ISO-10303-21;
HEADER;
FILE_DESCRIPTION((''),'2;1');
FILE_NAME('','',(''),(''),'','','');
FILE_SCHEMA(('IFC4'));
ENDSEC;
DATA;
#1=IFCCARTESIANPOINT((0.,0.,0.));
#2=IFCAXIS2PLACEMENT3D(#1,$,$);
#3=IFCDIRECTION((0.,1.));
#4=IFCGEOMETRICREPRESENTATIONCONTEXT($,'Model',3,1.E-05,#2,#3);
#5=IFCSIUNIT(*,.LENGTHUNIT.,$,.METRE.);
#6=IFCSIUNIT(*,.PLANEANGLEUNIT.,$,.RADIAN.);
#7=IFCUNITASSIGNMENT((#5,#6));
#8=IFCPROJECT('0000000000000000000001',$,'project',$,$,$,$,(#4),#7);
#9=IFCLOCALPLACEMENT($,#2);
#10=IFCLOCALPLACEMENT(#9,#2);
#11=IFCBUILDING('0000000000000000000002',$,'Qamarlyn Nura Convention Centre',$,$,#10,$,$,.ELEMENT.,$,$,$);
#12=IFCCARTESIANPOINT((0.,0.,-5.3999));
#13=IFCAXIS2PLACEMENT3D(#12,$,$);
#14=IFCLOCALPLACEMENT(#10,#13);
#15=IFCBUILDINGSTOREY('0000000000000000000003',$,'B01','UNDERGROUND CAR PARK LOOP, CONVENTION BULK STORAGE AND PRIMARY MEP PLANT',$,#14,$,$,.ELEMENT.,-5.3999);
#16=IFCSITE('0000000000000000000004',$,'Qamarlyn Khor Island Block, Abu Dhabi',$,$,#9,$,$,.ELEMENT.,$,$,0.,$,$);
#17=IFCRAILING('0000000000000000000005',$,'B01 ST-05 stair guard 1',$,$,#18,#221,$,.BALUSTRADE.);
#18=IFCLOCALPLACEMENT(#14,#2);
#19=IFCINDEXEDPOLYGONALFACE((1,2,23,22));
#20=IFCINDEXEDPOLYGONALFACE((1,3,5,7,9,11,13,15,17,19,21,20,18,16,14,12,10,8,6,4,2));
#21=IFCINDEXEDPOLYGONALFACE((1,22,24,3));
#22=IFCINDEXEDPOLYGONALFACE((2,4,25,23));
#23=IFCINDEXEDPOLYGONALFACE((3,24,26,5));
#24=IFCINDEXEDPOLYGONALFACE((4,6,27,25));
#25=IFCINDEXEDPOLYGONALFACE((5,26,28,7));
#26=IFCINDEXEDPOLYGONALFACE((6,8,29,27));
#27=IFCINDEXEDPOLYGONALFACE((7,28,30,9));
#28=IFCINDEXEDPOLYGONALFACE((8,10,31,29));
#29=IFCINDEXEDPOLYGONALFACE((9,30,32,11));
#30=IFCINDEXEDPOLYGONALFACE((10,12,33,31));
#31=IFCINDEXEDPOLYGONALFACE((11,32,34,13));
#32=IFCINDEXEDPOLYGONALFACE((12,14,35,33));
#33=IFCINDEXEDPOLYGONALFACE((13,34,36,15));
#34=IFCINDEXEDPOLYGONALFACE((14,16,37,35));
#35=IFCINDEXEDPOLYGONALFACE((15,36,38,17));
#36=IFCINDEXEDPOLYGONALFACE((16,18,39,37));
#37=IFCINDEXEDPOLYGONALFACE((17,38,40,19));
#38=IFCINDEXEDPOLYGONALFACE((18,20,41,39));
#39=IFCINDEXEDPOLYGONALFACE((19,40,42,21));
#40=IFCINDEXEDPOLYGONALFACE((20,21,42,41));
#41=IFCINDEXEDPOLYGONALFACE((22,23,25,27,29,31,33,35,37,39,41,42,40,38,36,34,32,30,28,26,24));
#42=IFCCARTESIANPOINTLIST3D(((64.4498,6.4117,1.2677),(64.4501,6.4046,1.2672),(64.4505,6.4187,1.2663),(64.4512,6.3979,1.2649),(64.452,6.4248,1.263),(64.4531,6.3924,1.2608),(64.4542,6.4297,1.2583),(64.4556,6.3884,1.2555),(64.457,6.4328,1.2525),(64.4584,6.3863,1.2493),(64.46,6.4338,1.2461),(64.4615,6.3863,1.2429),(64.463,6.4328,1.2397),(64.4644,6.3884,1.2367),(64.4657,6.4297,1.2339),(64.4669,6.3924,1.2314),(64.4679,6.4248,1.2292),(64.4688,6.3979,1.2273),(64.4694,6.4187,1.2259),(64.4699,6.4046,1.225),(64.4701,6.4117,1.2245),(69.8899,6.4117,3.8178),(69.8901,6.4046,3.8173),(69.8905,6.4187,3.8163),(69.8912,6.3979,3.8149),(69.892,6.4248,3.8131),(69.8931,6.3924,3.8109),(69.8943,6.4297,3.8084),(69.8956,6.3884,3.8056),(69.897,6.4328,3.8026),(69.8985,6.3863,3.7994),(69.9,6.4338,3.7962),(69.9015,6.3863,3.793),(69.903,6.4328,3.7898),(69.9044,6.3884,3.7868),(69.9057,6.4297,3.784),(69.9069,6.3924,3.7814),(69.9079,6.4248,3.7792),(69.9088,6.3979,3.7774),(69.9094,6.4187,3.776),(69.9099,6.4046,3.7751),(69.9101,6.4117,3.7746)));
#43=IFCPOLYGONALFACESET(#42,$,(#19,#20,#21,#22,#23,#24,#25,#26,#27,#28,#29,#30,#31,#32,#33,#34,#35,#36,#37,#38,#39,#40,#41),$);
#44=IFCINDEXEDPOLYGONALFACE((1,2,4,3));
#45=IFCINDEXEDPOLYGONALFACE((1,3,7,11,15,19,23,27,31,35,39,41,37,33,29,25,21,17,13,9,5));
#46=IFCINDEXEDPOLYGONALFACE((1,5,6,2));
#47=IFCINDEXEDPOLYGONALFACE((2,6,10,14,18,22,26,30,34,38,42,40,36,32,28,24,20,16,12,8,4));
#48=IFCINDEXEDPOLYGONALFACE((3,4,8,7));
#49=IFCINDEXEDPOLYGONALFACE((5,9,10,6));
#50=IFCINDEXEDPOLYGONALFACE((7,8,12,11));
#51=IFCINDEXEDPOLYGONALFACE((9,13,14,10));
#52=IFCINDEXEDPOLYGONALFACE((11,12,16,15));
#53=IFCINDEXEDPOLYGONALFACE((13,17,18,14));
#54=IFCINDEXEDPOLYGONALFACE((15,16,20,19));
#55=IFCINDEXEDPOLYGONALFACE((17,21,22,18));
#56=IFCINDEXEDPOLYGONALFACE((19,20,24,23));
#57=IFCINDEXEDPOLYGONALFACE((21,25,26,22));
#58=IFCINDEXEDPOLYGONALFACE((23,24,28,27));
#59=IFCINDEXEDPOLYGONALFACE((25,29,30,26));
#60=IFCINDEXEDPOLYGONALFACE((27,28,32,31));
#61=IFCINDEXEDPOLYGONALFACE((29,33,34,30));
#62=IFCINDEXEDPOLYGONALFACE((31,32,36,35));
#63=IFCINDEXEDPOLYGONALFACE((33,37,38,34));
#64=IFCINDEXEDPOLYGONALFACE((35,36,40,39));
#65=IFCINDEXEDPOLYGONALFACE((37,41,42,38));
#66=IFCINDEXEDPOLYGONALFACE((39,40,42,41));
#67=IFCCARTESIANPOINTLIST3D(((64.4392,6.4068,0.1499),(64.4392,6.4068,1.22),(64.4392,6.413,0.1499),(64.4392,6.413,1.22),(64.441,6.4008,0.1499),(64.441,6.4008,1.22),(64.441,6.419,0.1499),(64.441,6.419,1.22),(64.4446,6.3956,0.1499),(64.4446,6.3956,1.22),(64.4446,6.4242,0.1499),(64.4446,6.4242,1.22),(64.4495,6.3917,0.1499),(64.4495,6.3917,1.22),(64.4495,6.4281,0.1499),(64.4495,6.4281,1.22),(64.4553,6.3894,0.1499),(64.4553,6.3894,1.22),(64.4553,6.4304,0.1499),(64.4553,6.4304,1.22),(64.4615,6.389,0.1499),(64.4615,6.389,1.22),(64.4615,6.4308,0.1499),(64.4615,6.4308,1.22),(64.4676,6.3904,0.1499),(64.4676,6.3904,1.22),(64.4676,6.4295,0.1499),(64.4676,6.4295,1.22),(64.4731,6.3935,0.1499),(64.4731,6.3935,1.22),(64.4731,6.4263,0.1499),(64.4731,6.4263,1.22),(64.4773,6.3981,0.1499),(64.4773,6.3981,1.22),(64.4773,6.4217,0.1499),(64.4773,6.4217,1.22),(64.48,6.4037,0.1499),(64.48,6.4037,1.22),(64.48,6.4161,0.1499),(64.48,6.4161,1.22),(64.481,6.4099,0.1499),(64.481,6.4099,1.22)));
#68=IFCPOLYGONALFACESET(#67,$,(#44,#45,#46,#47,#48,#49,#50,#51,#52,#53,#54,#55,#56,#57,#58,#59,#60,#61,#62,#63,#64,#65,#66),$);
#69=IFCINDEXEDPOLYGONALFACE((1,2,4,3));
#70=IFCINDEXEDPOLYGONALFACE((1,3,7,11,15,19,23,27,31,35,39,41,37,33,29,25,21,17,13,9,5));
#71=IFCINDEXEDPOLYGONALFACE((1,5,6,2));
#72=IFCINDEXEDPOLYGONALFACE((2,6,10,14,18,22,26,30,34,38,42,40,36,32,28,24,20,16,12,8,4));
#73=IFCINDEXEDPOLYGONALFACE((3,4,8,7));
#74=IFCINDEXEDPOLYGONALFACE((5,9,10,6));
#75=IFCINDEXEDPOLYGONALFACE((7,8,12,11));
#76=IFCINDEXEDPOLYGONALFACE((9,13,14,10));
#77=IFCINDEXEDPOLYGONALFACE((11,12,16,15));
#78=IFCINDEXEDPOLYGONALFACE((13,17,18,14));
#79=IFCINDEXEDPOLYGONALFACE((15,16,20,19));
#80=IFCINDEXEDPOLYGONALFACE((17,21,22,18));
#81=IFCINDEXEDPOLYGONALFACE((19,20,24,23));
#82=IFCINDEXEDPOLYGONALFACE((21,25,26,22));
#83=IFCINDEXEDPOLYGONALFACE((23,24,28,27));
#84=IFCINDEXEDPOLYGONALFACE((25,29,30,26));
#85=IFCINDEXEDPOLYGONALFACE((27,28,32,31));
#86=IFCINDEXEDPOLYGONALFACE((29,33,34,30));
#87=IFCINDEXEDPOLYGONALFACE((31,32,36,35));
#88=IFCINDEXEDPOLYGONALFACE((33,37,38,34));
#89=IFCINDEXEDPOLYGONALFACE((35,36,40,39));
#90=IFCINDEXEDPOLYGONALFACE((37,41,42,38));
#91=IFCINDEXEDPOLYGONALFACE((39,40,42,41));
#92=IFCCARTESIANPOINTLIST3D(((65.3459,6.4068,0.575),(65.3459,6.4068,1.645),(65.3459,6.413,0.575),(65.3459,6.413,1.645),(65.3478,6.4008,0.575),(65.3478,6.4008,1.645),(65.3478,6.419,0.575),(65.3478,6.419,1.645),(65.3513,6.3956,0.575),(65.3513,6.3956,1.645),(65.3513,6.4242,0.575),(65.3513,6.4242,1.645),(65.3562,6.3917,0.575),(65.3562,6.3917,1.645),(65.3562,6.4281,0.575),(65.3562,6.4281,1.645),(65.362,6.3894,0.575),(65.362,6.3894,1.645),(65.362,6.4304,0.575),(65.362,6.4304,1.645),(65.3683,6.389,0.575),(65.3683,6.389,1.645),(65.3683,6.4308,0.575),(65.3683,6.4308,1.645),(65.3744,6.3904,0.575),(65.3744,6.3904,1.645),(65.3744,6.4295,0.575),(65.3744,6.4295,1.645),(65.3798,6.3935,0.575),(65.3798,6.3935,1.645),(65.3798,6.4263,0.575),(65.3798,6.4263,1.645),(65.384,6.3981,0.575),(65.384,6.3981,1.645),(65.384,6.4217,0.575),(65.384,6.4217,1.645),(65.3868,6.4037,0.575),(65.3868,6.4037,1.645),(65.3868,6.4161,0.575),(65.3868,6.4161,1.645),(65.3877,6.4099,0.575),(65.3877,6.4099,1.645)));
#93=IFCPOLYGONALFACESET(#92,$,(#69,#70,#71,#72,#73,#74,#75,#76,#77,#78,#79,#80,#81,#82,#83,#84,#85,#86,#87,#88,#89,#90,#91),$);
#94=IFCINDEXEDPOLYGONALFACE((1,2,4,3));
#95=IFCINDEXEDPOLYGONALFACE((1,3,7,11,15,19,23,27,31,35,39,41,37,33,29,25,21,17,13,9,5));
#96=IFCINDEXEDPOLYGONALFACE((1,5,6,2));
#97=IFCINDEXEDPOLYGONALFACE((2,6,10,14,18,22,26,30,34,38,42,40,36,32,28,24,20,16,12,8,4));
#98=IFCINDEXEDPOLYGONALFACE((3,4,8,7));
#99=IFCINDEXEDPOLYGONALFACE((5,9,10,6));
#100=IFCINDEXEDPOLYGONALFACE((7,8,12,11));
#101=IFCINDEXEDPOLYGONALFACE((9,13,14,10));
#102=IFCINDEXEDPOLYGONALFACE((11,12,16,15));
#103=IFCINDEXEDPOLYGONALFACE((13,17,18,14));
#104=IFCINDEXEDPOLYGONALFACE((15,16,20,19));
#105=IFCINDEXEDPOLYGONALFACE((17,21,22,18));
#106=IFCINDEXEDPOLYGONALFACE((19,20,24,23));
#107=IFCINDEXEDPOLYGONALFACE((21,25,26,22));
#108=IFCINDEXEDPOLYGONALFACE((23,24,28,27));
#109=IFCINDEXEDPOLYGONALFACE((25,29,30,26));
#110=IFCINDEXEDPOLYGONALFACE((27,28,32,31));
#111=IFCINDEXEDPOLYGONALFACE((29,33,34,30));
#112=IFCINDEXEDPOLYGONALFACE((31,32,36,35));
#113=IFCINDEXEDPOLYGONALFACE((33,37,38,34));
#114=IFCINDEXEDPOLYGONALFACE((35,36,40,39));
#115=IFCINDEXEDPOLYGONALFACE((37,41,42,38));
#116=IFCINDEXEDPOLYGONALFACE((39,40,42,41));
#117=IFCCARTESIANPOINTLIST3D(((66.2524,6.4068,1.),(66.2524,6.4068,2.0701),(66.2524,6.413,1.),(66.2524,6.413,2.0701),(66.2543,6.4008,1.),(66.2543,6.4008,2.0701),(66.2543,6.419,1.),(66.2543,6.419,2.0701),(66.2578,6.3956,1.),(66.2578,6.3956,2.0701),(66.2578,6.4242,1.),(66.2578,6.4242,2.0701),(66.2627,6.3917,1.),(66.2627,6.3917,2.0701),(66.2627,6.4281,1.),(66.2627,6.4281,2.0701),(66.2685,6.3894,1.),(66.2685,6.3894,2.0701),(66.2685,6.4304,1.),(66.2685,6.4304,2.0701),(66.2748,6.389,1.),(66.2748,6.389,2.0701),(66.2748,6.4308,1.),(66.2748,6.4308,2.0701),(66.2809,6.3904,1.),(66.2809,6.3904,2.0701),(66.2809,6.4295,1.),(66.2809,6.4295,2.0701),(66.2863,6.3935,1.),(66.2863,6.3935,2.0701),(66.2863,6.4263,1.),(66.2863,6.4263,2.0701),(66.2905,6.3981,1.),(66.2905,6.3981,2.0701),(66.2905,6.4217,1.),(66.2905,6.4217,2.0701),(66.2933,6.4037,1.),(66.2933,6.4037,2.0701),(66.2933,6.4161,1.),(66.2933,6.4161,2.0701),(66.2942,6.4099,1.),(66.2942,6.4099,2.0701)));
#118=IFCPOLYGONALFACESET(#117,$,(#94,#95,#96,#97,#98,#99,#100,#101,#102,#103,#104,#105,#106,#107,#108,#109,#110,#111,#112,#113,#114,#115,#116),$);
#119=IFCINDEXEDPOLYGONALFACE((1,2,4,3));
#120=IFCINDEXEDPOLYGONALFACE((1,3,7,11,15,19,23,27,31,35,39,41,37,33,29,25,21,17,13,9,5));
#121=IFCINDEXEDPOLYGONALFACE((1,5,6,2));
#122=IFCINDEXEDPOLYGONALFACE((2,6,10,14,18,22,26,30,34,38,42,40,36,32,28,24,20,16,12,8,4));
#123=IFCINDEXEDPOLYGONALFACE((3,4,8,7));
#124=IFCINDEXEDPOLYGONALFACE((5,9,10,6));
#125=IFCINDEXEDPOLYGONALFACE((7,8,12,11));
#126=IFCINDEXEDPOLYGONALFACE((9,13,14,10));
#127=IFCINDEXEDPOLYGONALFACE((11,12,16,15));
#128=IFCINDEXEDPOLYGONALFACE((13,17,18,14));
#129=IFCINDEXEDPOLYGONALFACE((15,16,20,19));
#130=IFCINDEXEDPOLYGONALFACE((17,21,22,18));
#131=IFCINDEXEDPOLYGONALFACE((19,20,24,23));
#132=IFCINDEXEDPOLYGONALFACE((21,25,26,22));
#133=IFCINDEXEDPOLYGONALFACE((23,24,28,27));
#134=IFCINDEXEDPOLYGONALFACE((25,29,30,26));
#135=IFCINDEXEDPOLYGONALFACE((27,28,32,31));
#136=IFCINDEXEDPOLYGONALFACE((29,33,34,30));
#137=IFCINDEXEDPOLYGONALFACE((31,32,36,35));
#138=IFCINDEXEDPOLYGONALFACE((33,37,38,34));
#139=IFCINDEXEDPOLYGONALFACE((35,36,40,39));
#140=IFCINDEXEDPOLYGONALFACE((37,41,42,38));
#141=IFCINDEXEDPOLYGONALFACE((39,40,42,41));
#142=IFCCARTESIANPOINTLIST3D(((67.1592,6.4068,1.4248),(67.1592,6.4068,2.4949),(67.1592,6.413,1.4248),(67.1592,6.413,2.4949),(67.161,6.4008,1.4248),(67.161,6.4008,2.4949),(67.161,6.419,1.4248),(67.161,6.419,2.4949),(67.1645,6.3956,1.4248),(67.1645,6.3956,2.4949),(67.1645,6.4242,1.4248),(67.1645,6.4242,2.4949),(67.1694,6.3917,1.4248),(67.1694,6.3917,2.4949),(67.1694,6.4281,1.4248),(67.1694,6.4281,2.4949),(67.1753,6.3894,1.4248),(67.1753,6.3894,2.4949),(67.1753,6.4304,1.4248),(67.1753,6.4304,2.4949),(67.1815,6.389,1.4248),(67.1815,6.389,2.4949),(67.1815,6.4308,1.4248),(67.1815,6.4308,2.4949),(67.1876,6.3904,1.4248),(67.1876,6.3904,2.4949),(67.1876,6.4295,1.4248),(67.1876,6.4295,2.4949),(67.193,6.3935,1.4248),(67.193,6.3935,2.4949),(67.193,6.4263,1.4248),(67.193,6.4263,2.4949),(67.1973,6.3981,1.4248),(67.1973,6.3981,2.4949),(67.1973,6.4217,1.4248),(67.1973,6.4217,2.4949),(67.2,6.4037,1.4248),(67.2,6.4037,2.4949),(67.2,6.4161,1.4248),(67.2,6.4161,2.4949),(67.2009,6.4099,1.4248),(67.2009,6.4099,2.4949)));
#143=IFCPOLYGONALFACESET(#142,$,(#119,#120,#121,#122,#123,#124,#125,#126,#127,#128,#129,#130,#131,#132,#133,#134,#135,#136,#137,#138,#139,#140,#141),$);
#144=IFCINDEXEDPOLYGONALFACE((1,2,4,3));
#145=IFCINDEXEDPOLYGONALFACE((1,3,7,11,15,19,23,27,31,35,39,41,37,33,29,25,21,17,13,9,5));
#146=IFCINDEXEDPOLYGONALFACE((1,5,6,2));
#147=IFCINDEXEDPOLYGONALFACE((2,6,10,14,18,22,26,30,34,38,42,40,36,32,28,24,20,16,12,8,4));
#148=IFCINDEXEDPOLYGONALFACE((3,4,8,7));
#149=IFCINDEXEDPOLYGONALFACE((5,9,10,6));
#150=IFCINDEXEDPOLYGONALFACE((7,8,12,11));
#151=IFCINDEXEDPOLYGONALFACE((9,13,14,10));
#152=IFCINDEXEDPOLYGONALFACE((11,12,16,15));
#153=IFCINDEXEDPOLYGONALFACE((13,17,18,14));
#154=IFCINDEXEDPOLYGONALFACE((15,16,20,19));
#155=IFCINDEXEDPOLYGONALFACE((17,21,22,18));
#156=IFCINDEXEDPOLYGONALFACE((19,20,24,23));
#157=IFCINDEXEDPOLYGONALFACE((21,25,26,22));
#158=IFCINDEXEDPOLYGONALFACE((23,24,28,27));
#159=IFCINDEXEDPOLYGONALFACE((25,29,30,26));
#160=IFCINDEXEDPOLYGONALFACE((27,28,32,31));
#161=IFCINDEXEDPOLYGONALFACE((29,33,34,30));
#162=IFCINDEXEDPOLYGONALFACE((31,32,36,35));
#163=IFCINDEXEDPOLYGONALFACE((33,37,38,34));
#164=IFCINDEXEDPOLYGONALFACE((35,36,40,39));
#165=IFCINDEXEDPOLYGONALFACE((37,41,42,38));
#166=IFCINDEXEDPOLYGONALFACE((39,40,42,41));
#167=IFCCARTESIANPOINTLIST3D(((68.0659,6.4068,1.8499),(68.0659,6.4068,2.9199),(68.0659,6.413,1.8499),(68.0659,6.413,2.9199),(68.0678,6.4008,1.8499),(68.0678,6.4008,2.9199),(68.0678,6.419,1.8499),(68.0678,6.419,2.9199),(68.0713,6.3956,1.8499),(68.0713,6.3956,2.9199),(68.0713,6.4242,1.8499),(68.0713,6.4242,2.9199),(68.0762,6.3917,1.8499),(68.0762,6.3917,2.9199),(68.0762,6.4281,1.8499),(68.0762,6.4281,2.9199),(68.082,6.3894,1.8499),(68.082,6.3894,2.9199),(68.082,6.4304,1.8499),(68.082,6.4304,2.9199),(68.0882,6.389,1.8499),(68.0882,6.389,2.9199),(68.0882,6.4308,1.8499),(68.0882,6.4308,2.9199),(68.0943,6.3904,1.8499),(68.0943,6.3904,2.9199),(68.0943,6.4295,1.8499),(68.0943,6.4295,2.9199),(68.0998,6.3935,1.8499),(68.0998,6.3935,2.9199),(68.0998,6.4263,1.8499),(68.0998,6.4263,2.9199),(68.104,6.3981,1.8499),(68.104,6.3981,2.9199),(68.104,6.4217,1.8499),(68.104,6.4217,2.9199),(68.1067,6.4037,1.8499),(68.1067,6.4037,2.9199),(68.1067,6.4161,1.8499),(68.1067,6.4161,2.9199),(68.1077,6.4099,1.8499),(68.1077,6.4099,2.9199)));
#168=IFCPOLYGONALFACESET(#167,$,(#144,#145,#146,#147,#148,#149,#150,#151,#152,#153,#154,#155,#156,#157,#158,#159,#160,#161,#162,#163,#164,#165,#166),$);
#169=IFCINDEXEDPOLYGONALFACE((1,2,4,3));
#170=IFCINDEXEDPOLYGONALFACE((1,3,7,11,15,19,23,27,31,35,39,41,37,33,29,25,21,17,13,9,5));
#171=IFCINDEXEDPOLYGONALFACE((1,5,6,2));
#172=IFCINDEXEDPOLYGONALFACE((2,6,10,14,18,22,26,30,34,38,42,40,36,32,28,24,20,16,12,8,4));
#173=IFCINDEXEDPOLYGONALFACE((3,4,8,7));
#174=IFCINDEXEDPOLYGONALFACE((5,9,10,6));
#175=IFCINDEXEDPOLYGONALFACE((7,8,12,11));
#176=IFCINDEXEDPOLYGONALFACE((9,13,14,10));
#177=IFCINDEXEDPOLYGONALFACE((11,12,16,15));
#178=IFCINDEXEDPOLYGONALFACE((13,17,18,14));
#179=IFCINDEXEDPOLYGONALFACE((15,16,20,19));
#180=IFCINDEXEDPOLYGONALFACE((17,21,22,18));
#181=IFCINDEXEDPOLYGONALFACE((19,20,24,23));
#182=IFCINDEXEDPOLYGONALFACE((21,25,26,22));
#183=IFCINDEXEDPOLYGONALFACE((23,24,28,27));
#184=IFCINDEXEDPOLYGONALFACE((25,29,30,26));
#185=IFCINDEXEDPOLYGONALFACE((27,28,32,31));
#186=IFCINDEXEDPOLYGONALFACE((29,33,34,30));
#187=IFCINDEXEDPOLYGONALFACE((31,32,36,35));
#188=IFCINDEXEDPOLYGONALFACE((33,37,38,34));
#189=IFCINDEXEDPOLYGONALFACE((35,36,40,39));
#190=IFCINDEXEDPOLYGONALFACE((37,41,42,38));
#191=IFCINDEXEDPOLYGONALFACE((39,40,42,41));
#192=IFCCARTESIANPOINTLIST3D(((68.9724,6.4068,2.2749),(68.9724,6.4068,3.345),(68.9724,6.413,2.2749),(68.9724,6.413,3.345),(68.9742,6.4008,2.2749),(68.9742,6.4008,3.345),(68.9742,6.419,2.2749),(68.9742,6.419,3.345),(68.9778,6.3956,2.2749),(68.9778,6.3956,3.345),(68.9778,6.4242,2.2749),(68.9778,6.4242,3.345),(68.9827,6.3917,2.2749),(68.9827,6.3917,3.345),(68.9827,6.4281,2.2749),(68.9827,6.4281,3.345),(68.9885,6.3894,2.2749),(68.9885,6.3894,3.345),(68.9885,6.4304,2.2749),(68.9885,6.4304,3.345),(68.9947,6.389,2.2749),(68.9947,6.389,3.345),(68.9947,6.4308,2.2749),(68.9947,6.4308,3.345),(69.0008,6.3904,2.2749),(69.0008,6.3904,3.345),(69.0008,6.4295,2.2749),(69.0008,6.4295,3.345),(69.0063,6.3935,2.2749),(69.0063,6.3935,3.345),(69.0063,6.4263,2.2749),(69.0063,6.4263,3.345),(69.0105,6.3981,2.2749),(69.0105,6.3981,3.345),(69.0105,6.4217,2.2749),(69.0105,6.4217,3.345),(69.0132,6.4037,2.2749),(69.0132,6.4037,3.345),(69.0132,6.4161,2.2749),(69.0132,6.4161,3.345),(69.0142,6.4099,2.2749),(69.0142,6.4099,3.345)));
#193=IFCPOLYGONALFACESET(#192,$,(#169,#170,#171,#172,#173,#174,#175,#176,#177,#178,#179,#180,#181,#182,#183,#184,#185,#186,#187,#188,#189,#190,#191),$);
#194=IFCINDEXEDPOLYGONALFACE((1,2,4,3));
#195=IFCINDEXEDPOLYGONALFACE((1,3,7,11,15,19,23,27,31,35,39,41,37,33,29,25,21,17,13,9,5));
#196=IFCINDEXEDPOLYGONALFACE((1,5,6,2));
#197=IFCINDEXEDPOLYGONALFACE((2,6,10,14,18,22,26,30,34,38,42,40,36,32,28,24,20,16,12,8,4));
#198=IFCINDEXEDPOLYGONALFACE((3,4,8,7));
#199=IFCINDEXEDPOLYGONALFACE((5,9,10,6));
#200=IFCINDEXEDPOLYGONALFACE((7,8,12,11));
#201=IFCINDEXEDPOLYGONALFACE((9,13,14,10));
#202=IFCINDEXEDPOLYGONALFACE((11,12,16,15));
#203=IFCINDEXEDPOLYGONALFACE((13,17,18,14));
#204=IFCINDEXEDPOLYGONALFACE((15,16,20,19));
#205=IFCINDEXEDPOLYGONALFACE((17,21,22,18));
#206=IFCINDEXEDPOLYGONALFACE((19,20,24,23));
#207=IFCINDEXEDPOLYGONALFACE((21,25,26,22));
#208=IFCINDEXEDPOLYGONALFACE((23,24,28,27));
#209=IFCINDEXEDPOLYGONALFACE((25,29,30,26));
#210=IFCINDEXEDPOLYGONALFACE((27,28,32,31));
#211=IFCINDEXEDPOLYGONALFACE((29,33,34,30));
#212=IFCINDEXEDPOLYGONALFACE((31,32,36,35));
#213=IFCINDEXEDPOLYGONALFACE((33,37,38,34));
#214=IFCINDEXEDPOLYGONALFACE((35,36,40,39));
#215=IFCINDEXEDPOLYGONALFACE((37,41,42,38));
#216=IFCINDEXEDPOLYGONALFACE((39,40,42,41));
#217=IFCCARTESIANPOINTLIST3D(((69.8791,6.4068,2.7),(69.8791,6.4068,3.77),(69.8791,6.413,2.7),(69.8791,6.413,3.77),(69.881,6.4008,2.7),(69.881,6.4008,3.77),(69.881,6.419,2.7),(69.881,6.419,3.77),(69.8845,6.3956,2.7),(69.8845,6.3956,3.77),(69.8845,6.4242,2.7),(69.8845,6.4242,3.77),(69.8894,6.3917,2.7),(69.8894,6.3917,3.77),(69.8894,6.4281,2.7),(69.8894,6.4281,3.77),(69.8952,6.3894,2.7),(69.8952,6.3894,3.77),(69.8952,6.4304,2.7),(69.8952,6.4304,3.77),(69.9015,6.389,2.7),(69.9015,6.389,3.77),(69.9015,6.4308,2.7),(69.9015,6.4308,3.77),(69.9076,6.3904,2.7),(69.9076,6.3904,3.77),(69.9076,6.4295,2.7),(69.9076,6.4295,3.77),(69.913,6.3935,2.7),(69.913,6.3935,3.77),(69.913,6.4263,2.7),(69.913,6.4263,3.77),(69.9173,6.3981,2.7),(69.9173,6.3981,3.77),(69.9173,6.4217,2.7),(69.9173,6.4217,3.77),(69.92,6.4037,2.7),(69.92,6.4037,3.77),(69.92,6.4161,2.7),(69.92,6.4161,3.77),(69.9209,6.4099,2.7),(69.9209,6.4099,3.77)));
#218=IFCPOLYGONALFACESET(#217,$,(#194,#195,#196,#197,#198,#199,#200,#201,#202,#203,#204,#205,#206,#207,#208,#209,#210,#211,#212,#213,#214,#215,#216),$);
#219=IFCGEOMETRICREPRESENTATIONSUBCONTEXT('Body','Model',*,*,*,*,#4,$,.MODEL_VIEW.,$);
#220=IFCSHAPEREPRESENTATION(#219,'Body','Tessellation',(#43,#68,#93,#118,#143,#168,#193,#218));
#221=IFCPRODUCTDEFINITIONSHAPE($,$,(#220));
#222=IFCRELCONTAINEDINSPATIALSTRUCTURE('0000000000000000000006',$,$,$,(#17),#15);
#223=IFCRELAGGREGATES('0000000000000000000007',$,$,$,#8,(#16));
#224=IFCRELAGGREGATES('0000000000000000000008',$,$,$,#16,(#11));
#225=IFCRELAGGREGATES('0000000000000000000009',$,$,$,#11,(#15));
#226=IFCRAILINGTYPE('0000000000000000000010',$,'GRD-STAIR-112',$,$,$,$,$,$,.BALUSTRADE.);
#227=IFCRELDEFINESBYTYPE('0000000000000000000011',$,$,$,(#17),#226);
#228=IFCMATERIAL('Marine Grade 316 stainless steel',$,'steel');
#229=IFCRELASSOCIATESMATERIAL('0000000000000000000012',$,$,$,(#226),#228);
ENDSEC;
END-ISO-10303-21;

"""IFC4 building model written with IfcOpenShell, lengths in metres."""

from ifc_helpers import new_model, si_unit, direction, frame, origin, origin_2d, place, context, subcontext, project, spatial, circle, extrude, material, type_object, element, save


model = new_model("IFC4")

# Units and contexts
model_context = context("Model", 3, precision=1e-05, world=origin(), true_north=direction((0.0, 1.0)))
body_context = subcontext(model_context, "Body", "Model", "MODEL_VIEW")
ifc_project = project(units=[si_unit("LENGTHUNIT", "METRE"), si_unit("PLANEANGLEUNIT", "RADIAN")], contexts=[model_context])

# Site, building, storey
site_placement = place(None, origin())
site = spatial("IfcSite", under=ifc_project, at=site_placement, Name="Qamarlyn Khor Island Block, Abu Dhabi", CompositionType="ELEMENT", RefElevation=0.0)
building_placement = place(site_placement, origin())
building = spatial("IfcBuilding", under=site, at=building_placement, Name="Qamarlyn Nura Convention Centre", CompositionType="ELEMENT")
storey_placement = place(building_placement, frame((0.0, 0.0, -5.3999)))
storey = spatial("IfcBuildingStorey", under=building, at=storey_placement, Name="B01", Description="UNDERGROUND CAR PARK LOOP, CONVENTION BULK STORAGE AND PRIMARY MEP PLANT", CompositionType="ELEMENT", Elevation=-5.3999)

# Railing
ifc_material_1 = material(Name="Marine Grade 316 stainless steel", Category="steel")
railing_type_1 = type_object("IfcRailingType", Name="GRD-STAIR-112", PredefinedType="BALUSTRADE", material=ifc_material_1)
railing_1_placement = place(storey_placement, frame((64.46, 6.4099, 0.1499)))
element("IfcRailing", 1, at=railing_1_placement, inside=storey, type_object=railing_type_1, Name="B01 ST-05 stair guard 1", PredefinedType="BALUSTRADE", context=body_context, shape_type="SweptSolid", body=[
    extrude(circle(Radius=0.0239, at=origin_2d()), frame((0.0, 0.0, 1.0962), z_axis=(0.905454, 0.0, 0.424444), x_axis=(0.0, 1.0, 0.0)), (0.0, 0.0, 1.0), 6.0081),
    extrude(circle(Radius=0.021, at=origin_2d()), origin(), (0.0, 0.0, 1.0), 1.0701),
    extrude(circle(Radius=0.021, at=origin_2d()), frame((0.9067, 0.0, 0.425)), (0.0, 0.0, 1.0), 1.0701),
    extrude(circle(Radius=0.021, at=origin_2d()), frame((1.8132, 0.0, 0.8501)), (0.0, 0.0, 1.0), 1.0701),
    extrude(circle(Radius=0.021, at=origin_2d()), frame((2.72, 0.0, 1.2749)), (0.0, 0.0, 1.0), 1.0701),
    extrude(circle(Radius=0.021, at=origin_2d()), frame((3.6267, 0.0, 1.7)), (0.0, 0.0, 1.0), 1.0701),
    extrude(circle(Radius=0.021, at=origin_2d()), frame((4.5332, 0.0, 2.125)), (0.0, 0.0, 1.0), 1.0701),
    extrude(circle(Radius=0.021, at=origin_2d()), frame((5.4399, 0.0, 2.55)), (0.0, 0.0, 1.0), 1.0701),
])

save(model, "model.ifc")
